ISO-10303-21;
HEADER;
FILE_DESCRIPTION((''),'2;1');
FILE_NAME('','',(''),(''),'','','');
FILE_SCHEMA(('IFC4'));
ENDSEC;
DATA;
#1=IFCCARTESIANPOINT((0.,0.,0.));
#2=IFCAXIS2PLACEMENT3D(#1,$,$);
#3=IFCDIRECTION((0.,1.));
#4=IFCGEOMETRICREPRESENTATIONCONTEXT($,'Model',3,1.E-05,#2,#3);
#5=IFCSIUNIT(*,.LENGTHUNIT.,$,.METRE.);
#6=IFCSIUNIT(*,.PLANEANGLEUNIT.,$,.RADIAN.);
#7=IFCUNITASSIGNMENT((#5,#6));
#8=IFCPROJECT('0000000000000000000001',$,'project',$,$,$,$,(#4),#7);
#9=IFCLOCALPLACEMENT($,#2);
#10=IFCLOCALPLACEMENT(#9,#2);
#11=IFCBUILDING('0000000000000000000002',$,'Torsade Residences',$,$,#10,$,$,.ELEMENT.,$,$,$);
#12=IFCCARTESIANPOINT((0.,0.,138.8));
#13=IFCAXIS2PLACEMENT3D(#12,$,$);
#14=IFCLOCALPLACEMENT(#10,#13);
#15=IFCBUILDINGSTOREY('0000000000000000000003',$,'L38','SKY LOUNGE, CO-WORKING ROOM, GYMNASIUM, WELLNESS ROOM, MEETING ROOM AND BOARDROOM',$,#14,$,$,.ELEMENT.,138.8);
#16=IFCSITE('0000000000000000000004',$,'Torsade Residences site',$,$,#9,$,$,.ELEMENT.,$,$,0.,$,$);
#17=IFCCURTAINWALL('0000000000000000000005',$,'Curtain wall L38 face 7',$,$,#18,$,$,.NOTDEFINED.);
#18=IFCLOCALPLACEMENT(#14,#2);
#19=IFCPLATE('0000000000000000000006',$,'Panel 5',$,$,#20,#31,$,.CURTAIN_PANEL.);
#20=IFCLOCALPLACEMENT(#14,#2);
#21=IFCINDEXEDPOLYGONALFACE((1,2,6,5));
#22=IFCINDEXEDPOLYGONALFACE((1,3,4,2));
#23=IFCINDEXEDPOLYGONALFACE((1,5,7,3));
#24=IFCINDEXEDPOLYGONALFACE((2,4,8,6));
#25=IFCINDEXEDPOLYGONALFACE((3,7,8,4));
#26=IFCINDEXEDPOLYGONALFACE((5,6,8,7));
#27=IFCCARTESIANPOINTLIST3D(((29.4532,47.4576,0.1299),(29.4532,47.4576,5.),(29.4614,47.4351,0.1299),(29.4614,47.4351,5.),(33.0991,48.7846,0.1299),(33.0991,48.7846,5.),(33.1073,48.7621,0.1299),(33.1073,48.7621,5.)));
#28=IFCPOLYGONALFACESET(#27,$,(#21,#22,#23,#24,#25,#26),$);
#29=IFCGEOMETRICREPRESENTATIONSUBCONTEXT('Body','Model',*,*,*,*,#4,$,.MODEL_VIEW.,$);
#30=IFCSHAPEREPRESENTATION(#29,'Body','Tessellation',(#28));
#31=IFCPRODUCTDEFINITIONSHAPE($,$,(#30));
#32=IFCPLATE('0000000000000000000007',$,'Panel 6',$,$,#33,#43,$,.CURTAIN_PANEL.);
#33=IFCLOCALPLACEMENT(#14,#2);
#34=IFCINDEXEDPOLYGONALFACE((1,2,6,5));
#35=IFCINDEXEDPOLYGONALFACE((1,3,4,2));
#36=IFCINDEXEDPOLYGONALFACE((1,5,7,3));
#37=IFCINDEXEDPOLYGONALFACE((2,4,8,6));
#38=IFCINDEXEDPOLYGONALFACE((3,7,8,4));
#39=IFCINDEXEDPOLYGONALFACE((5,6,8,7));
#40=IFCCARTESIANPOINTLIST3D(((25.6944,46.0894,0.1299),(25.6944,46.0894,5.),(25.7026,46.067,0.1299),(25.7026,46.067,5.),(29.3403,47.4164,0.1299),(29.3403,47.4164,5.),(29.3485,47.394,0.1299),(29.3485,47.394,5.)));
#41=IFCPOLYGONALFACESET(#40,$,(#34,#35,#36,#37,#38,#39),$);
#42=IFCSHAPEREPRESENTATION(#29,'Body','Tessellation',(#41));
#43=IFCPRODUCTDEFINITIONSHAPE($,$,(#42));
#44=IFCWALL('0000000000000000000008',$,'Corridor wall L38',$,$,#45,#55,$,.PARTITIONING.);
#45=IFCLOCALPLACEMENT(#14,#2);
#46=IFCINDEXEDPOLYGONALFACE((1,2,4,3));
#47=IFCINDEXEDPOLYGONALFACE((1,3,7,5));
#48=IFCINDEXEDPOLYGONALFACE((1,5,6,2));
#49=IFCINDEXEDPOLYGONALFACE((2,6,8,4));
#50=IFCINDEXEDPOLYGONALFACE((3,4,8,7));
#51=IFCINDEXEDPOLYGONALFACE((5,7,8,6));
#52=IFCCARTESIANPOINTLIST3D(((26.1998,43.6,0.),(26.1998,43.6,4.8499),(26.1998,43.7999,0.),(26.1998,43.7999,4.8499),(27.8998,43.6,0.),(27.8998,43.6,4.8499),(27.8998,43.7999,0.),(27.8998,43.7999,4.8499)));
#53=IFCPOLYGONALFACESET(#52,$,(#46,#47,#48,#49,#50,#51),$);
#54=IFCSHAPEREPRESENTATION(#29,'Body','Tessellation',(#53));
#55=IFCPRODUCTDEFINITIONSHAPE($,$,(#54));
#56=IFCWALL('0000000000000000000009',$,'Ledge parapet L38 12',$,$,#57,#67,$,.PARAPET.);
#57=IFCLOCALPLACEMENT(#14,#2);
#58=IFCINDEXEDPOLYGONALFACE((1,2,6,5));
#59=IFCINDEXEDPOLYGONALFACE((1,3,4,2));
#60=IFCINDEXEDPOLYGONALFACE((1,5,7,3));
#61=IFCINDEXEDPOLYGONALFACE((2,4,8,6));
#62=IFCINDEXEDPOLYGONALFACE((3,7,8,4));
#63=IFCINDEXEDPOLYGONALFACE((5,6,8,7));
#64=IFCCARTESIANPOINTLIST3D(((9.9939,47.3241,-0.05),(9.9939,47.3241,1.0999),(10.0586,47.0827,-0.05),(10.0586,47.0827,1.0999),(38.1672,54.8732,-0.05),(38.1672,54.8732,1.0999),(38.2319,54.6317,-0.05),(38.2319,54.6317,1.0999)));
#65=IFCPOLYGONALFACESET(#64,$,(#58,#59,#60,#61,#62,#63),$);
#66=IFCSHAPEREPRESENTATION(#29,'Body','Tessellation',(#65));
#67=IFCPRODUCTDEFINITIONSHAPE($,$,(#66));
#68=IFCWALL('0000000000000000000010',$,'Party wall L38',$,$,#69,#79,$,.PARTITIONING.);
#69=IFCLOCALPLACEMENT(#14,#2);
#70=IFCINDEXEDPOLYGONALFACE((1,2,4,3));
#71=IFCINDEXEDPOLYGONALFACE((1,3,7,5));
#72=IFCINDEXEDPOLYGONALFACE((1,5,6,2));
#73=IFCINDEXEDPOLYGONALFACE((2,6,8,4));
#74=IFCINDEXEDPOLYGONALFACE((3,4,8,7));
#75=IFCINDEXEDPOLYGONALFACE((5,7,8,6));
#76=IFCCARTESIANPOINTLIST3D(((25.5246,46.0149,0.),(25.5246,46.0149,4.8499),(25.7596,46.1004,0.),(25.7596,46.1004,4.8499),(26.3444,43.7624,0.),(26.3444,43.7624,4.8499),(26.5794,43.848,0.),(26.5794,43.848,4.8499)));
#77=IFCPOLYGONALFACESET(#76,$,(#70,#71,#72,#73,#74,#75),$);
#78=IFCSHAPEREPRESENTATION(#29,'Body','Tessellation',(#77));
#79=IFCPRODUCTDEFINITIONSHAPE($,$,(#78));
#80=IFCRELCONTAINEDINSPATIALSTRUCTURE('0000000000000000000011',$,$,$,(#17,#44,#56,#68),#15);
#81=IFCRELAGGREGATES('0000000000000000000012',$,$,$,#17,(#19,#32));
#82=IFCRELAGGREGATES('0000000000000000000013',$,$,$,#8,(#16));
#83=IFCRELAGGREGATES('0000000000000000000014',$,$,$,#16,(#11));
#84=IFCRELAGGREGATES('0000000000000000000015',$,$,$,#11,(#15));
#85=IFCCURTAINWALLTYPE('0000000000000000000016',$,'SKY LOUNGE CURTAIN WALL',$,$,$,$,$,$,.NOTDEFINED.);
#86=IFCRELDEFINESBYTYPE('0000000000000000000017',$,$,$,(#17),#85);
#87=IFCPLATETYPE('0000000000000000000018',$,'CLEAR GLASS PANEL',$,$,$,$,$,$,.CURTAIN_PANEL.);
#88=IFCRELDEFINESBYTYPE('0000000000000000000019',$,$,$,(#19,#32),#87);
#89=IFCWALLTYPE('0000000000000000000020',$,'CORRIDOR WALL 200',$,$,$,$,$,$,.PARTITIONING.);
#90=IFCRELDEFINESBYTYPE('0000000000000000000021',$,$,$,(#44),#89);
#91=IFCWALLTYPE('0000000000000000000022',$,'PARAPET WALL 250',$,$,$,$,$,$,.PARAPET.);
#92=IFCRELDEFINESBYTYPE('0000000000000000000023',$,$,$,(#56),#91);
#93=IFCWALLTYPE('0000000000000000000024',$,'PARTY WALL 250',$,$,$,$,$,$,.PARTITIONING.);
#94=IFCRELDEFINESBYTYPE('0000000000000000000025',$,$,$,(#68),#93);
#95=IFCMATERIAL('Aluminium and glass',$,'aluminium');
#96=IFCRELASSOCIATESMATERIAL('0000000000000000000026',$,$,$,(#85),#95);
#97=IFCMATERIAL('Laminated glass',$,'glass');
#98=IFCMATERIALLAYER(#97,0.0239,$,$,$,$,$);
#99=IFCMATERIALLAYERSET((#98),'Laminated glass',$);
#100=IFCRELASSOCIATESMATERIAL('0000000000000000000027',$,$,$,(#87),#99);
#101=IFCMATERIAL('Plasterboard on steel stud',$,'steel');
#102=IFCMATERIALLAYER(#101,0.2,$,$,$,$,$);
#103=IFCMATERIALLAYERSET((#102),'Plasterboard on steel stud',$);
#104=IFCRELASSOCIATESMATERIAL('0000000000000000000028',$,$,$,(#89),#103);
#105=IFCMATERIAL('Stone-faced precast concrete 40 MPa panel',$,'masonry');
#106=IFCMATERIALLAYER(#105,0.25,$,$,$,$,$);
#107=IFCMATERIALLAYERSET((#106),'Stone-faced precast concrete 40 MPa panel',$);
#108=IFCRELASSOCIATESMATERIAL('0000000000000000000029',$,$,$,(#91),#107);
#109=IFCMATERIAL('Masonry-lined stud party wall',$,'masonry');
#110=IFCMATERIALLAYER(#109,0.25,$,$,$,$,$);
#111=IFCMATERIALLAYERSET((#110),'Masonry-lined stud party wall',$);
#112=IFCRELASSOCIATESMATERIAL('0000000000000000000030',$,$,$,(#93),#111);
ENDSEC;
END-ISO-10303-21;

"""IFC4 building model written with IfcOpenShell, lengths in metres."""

from ifc_helpers import new_model, si_unit, direction, frame, frame_2d, origin, origin_2d, place, context, subcontext, project, spatial, rectangle, extrude, material, layer, layer_set, type_object, element, aggregate, save


model = new_model("IFC4")

# Units and contexts
model_context = context("Model", 3, precision=1e-05, world=origin(), true_north=direction((0.0, 1.0)))
body_context = subcontext(model_context, "Body", "Model", "MODEL_VIEW")
ifc_project = project(units=[si_unit("LENGTHUNIT", "METRE"), si_unit("PLANEANGLEUNIT", "RADIAN")], contexts=[model_context])

# Site, building, storey
site_placement = place(None, origin())
site = spatial("IfcSite", under=ifc_project, at=site_placement, Name="Torsade Residences site", CompositionType="ELEMENT", RefElevation=0.0)
building_placement = place(site_placement, origin())
building = spatial("IfcBuilding", under=site, at=building_placement, Name="Torsade Residences", CompositionType="ELEMENT")
storey_placement = place(building_placement, frame((0.0, 0.0, 138.8)))
storey = spatial("IfcBuildingStorey", under=building, at=storey_placement, Name="L38", Description="SKY LOUNGE, CO-WORKING ROOM, GYMNASIUM, WELLNESS ROOM, MEETING ROOM AND BOARDROOM", CompositionType="ELEMENT", Elevation=138.8)

# Curtain wall
ifc_material_1 = material(Name="Aluminium and glass", Category="aluminium")
curtain_wall_type = type_object("IfcCurtainWallType", Name="SKY LOUNGE CURTAIN WALL", PredefinedType="NOTDEFINED", material=ifc_material_1)
curtain_wall_placement = place(storey_placement, origin())
curtain_wall = element("IfcCurtainWall", 1, at=curtain_wall_placement, inside=storey, type_object=curtain_wall_type, Name="Curtain wall L38 face 7", PredefinedType="NOTDEFINED")

# Plates
ifc_material_2 = material(Name="Laminated glass", Category="glass")
ifc_layer_1 = layer(ifc_material_2, 0.0239)
ifc_layer_set_1 = layer_set([ifc_layer_1], Name="Laminated glass")
plate_type = type_object("IfcPlateType", Name="CLEAR GLASS PANEL", PredefinedType="CURTAIN_PANEL", material=ifc_layer_set_1)
plate_1_placement = place(storey_placement, frame((31.2803, 48.1099, 0.1299), z_axis=(0.0, 0.0, 1.0), x_axis=(-0.939693, -0.34202, 0.0)))
plate_1 = element("IfcPlate", 2, at=plate_1_placement, type_object=plate_type, Name="Panel 5", PredefinedType="CURTAIN_PANEL", context=body_context, shape_type="SweptSolid", body=[
    extrude(rectangle(XDim=3.8799, YDim=0.0239, at=origin_2d()), origin(), (0.0, 0.0, 1.0), 4.8701),
])
plate_2_placement = place(storey_placement, frame((27.5215, 46.7417, 0.1299), z_axis=(0.0, 0.0, 1.0), x_axis=(-0.939693, -0.34202, 0.0)))
plate_2 = element("IfcPlate", 3, at=plate_2_placement, type_object=plate_type, Name="Panel 6", PredefinedType="CURTAIN_PANEL", context=body_context, shape_type="SweptSolid", body=[
    extrude(rectangle(XDim=3.8799, YDim=0.0239, at=origin_2d()), origin(), (0.0, 0.0, 1.0), 4.8701),
])
aggregate(curtain_wall, [plate_1, plate_2])

# Walls
ifc_material_3 = material(Name="Plasterboard on steel stud", Category="steel")
ifc_layer_2 = layer(ifc_material_3, 0.2)
ifc_layer_set_2 = layer_set([ifc_layer_2], Name="Plasterboard on steel stud")
wall_type_1 = type_object("IfcWallType", Name="CORRIDOR WALL 200", PredefinedType="PARTITIONING", material=ifc_layer_set_2)
wall_1_placement = place(storey_placement, frame((27.8999, 43.7, 0.0), z_axis=(0.0, 0.0, 1.0), x_axis=(-1.0, 0.0, 0.0)))
element("IfcWall", 4, at=wall_1_placement, inside=storey, type_object=wall_type_1, Name="Corridor wall L38", PredefinedType="PARTITIONING", context=body_context, shape_type="SweptSolid", body=[
    extrude(rectangle(XDim=1.7, YDim=0.2, at=frame_2d((0.8501, 0.0))), origin(), (0.0, 0.0, 1.0), 4.8499),
])
ifc_material_4 = material(Name="Stone-faced precast concrete 40 MPa panel", Category="masonry")
ifc_layer_3 = layer(ifc_material_4, 0.25)
ifc_layer_set_3 = layer_set([ifc_layer_3], Name="Stone-faced precast concrete 40 MPa panel")
wall_type_2 = type_object("IfcWallType", Name="PARAPET WALL 250", PredefinedType="PARAPET", material=ifc_layer_set_3)
wall_2_placement = place(storey_placement, frame((38.1995, 54.7524, -0.05), z_axis=(0.0, 0.0, 1.0), x_axis=(-0.965925, -0.258821, 0.0)))
element("IfcWall", 5, at=wall_2_placement, inside=storey, type_object=wall_type_2, Name="Ledge parapet L38 12", PredefinedType="PARAPET", context=body_context, shape_type="SweptSolid", body=[
    extrude(rectangle(XDim=29.1672, YDim=0.25, at=frame_2d((14.5835, 0.0))), origin(), (0.0, 0.0, 1.0), 1.1499),
])
ifc_material_5 = material(Name="Masonry-lined stud party wall", Category="masonry")
ifc_layer_4 = layer(ifc_material_5, 0.25)
ifc_layer_set_4 = layer_set([ifc_layer_4], Name="Masonry-lined stud party wall")
wall_type_3 = type_object("IfcWallType", Name="PARTY WALL 250", PredefinedType="PARTITIONING", material=ifc_layer_set_4)
wall_3_placement = place(storey_placement, frame((25.6421, 46.0576, 0.0), z_axis=(0.0, 0.0, 1.0), x_axis=(0.342021, -0.939692, 0.0)))
element("IfcWall", 6, at=wall_3_placement, inside=storey, type_object=wall_type_3, Name="Party wall L38", PredefinedType="PARTITIONING", context=body_context, shape_type="SweptSolid", body=[
    extrude(rectangle(XDim=2.397, YDim=0.25, at=frame_2d((1.1985, 0.0))), origin(), (0.0, 0.0, 1.0), 4.8499),
])

save(model, "model.ifc")
